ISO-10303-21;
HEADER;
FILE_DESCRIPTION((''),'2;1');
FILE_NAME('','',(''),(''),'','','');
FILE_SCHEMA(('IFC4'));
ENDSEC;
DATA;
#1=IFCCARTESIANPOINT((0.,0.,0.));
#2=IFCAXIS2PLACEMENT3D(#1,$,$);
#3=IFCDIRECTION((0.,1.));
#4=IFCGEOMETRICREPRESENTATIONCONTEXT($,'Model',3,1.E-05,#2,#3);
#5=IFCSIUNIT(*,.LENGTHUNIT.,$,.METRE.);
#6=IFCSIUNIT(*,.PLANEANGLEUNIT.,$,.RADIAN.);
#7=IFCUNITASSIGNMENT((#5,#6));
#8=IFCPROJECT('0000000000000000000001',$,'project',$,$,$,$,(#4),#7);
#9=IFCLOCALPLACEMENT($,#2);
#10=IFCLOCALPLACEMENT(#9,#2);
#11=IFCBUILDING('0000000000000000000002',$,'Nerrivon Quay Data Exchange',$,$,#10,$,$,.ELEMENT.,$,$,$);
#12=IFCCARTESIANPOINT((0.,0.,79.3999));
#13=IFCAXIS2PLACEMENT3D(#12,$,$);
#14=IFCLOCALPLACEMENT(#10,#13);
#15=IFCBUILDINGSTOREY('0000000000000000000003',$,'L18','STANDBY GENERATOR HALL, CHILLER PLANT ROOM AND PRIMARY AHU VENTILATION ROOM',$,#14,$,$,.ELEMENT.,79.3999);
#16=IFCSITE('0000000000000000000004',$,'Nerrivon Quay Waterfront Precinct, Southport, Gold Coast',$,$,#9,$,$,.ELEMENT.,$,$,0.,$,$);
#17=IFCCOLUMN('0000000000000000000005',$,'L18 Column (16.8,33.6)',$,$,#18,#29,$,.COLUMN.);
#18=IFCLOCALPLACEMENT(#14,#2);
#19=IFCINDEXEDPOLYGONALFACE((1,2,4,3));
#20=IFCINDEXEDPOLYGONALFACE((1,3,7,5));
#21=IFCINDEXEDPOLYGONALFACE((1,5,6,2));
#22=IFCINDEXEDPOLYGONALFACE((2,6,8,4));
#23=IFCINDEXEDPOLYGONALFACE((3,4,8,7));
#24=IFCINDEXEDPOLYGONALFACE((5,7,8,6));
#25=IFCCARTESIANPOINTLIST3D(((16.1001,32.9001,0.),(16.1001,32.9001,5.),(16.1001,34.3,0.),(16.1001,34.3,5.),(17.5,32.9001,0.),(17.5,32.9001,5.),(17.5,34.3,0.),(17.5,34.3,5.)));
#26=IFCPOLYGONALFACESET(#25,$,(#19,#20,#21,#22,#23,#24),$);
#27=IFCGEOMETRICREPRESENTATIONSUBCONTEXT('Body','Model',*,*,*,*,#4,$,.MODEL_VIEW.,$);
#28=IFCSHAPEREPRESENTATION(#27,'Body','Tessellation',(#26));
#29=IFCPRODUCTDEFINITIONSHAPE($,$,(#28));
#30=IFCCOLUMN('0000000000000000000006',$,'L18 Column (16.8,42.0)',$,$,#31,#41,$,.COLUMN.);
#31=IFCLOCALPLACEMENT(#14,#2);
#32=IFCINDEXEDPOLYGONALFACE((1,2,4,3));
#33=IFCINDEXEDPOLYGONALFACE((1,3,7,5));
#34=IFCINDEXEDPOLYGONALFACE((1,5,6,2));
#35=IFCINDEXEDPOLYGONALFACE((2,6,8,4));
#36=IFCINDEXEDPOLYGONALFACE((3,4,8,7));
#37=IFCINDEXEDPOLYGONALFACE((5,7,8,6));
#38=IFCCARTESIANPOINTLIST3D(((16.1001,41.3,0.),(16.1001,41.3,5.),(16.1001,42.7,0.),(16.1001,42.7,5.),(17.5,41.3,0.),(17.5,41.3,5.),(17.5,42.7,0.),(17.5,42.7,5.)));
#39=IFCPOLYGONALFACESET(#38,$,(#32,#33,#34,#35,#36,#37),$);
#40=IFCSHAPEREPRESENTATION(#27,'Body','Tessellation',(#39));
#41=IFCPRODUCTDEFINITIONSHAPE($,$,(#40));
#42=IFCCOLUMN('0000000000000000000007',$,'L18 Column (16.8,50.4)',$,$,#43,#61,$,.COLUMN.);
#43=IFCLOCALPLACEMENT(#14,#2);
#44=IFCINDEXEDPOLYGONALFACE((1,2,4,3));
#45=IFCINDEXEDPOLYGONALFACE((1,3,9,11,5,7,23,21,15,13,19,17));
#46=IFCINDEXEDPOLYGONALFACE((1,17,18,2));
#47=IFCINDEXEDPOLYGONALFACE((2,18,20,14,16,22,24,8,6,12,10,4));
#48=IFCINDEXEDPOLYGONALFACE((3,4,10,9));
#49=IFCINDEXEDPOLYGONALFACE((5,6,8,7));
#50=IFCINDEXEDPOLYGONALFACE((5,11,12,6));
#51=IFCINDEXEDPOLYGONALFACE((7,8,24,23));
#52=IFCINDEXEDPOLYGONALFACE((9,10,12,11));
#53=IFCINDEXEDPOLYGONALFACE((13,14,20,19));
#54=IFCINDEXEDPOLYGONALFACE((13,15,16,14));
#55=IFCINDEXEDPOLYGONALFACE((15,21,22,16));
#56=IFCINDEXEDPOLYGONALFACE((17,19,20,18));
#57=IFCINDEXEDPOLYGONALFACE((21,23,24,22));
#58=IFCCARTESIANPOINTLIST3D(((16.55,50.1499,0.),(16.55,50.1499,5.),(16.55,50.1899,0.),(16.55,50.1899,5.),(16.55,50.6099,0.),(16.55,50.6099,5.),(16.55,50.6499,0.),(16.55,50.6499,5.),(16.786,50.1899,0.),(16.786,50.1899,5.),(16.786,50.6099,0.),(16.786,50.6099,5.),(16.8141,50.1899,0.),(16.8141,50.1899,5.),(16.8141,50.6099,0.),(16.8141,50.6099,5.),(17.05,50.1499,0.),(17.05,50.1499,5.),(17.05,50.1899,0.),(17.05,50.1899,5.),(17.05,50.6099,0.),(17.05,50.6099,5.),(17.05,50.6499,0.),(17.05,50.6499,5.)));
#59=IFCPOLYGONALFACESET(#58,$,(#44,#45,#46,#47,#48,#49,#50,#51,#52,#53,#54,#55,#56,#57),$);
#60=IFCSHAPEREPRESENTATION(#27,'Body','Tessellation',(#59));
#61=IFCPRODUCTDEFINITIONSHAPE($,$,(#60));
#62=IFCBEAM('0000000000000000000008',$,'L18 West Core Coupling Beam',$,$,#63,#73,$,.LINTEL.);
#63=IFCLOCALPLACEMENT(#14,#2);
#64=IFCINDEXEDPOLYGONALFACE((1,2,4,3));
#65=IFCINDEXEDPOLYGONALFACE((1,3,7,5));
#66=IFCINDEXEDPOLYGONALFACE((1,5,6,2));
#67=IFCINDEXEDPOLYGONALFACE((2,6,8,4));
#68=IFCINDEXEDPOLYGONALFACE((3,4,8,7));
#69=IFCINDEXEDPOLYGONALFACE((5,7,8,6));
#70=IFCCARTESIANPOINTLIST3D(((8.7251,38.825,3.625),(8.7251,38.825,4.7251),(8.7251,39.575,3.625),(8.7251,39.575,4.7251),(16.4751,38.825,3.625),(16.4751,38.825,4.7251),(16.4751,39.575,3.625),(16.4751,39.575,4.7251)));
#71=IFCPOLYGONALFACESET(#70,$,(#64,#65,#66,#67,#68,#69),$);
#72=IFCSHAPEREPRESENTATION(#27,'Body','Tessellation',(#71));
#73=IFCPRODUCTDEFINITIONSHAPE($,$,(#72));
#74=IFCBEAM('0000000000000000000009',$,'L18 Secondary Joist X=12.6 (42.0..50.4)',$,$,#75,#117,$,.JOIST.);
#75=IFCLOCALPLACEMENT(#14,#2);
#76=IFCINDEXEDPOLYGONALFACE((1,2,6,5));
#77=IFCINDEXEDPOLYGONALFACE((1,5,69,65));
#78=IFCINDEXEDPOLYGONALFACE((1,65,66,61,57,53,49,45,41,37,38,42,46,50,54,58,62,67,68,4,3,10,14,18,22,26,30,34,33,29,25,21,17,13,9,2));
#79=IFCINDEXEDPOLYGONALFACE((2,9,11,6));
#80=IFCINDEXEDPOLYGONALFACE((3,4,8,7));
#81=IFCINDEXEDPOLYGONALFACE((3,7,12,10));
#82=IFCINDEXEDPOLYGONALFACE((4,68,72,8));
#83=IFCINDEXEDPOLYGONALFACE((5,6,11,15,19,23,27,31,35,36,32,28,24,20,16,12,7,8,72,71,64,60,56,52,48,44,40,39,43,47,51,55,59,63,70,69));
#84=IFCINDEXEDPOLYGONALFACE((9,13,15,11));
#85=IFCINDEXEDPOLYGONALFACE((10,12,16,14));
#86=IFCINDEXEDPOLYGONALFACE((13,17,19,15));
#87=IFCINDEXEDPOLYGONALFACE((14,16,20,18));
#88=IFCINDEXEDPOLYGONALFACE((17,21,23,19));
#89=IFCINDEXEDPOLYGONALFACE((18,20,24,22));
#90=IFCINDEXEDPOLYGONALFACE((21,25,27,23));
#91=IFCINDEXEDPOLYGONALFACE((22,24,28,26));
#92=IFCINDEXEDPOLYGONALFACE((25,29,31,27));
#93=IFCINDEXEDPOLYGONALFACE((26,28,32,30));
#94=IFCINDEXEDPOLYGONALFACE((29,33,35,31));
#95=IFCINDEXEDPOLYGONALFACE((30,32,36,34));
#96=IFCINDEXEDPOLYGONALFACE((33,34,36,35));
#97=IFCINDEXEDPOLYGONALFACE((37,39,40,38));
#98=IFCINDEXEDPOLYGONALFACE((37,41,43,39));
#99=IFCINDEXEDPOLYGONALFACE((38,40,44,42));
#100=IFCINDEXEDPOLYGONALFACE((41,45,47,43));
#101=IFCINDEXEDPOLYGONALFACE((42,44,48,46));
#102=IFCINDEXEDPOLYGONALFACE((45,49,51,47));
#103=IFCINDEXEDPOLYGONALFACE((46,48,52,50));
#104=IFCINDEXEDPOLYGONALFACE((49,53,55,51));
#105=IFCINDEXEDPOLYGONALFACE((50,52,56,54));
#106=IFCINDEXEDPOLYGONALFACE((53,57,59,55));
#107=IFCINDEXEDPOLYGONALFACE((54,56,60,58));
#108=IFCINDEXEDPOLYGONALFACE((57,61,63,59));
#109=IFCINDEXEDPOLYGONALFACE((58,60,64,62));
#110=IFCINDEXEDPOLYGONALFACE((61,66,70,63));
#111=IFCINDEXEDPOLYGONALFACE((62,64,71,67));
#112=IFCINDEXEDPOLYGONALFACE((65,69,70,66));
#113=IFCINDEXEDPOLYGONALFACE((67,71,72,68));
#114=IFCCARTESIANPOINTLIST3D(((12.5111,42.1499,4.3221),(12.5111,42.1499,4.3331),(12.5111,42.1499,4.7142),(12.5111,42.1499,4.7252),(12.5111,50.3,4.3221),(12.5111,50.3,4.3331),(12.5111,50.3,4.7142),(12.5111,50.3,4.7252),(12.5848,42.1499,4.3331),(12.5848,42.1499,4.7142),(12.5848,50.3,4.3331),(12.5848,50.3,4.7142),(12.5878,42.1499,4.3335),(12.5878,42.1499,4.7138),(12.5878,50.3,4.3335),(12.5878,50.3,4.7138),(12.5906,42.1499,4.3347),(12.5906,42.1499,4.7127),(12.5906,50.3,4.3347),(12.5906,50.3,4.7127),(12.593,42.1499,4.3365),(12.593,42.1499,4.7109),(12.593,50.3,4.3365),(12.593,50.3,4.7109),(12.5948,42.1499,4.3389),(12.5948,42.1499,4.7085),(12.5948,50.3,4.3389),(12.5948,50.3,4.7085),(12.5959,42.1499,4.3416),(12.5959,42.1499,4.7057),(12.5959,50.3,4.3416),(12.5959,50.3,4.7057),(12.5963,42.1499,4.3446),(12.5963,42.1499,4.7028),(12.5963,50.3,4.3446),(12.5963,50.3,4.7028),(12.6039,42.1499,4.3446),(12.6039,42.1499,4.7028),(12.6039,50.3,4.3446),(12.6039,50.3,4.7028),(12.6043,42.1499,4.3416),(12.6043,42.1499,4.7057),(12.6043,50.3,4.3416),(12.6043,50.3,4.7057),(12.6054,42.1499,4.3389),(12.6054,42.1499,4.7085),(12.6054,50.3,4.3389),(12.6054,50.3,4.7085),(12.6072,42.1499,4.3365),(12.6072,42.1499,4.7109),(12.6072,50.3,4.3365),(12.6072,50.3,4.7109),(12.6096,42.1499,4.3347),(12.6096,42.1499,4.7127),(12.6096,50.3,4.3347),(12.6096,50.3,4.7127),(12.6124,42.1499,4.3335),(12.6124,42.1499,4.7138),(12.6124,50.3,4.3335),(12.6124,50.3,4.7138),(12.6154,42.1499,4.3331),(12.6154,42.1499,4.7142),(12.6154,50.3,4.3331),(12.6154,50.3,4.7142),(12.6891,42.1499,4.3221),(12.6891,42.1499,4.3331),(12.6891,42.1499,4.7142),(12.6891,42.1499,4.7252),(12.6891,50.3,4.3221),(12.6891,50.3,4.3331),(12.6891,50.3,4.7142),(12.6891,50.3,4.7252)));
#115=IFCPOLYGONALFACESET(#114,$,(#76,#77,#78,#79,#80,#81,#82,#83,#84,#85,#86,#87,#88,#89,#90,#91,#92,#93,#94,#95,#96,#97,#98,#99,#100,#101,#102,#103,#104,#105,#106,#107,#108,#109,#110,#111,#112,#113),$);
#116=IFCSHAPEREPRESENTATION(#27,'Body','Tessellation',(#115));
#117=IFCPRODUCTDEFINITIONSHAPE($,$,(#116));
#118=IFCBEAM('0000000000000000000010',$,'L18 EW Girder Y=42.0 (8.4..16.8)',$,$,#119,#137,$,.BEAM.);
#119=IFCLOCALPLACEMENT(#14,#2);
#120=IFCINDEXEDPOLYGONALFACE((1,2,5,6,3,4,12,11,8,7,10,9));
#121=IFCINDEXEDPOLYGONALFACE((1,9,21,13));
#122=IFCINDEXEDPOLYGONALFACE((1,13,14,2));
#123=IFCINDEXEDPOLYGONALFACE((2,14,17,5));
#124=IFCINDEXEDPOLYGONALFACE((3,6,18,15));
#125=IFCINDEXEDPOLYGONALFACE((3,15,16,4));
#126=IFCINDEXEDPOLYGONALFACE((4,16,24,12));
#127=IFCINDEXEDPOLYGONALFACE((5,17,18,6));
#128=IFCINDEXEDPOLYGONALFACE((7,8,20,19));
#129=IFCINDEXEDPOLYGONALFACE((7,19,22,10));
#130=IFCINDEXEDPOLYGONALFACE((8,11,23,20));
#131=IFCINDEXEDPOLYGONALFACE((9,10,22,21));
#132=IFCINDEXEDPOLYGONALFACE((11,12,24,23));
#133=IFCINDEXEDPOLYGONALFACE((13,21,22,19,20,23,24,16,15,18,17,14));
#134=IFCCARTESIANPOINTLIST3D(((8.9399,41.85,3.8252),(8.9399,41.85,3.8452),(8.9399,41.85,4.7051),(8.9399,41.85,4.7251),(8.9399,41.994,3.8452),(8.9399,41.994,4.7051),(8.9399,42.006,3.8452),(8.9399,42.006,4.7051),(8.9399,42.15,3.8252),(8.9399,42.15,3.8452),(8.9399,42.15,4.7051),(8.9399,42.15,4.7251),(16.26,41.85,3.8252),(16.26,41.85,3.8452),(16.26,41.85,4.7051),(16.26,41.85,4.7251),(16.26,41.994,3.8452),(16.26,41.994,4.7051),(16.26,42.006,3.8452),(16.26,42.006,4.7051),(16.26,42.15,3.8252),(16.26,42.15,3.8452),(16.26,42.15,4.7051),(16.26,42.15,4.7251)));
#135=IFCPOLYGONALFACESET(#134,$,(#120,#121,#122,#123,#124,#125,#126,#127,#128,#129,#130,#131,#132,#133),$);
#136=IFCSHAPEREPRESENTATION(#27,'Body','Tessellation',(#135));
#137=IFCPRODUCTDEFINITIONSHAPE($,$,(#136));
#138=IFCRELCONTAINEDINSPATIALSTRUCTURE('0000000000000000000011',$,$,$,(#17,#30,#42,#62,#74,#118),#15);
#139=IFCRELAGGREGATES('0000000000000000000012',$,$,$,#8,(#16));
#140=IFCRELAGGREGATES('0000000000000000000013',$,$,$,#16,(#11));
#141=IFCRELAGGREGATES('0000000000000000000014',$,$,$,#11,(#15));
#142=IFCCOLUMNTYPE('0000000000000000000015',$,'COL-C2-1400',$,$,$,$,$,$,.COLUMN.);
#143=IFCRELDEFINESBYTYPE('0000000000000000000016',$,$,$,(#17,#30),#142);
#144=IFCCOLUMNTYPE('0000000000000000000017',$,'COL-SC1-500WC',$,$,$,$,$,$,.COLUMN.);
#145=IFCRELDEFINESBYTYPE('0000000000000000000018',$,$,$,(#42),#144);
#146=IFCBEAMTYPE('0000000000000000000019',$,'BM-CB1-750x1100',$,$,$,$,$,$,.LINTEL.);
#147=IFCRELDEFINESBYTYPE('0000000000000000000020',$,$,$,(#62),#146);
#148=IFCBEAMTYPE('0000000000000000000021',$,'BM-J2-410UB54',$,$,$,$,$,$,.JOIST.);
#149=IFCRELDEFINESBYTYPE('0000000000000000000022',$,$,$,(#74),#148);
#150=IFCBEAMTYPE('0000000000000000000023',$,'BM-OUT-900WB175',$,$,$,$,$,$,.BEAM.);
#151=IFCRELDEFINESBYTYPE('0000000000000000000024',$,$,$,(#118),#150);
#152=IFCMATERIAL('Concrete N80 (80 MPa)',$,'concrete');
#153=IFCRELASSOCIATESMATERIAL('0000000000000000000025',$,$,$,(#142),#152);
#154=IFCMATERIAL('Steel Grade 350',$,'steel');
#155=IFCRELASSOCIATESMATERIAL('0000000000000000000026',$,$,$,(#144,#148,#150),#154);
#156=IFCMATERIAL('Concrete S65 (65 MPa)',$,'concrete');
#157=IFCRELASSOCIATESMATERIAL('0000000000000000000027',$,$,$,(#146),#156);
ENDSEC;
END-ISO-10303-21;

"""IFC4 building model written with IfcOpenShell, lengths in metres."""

from ifc_helpers import new_model, si_unit, direction, frame, origin, origin_2d, place, context, subcontext, project, spatial, rectangle, i_section, extrude, material, material_profile, profile_set, type_object, element, save


model = new_model("IFC4")

# Units and contexts
model_context = context("Model", 3, precision=1e-05, world=origin(), true_north=direction((0.0, 1.0)))
body_context = subcontext(model_context, "Body", "Model", "MODEL_VIEW")
ifc_project = project(units=[si_unit("LENGTHUNIT", "METRE"), si_unit("PLANEANGLEUNIT", "RADIAN")], contexts=[model_context])

# Site, building, storey
site_placement = place(None, origin())
site = spatial("IfcSite", under=ifc_project, at=site_placement, Name="Nerrivon Quay Waterfront Precinct, Southport, Gold Coast", CompositionType="ELEMENT", RefElevation=0.0)
building_placement = place(site_placement, origin())
building = spatial("IfcBuilding", under=site, at=building_placement, Name="Nerrivon Quay Data Exchange", CompositionType="ELEMENT")
storey_placement = place(building_placement, frame((0.0, 0.0, 79.3999)))
storey = spatial("IfcBuildingStorey", under=building, at=storey_placement, Name="L18", Description="STANDBY GENERATOR HALL, CHILLER PLANT ROOM AND PRIMARY AHU VENTILATION ROOM", CompositionType="ELEMENT", Elevation=79.3999)

# Columns
ifc_material_1 = material(Name="Concrete N80 (80 MPa)", Category="concrete")
ifc_material_profile_1 = material_profile(ifc_material_1, rectangle(XDim=1.3999, YDim=1.3999, at=origin_2d()), Name="RC-COL-1400x1400")
ifc_profile_set_1 = profile_set([ifc_material_profile_1], Name="Concrete N80 (80 MPa)")
column_type_1 = type_object("IfcColumnType", Name="COL-C2-1400", PredefinedType="COLUMN", material=ifc_profile_set_1)
for number, where, z_axis, x_axis, name in (
    (1, (16.8, 33.6001, 0.0), (0.0, 0.0, 1.0), (1.0, 0.0, 0.0), "L18 Column (16.8,33.6)"),
    (2, (16.8, 42.0, 0.0), (0.0, 0.0, 1.0), (1.0, 0.0, 0.0), "L18 Column (16.8,42.0)"),
):
    element("IfcColumn", number, at=place(storey_placement, frame(where, z_axis=z_axis, x_axis=x_axis)), inside=storey, type_object=column_type_1, Name=name, PredefinedType="COLUMN", context=body_context, shape_type="SweptSolid", body=[
        extrude(rectangle(XDim=1.3999, YDim=1.3999, at=origin_2d()), origin(), (0.0, 0.0, 1.0), 5.0),
    ])
ifc_material_2 = material(Name="Steel Grade 350", Category="steel")
ifc_material_profile_2 = material_profile(ifc_material_2, i_section(OverallWidth=0.5, OverallDepth=0.5, WebThickness=0.0281, FlangeThickness=0.04, at=origin_2d()), Name="500WC440")
ifc_profile_set_2 = profile_set([ifc_material_profile_2], Name="Steel Grade 350")
column_type_2 = type_object("IfcColumnType", Name="COL-SC1-500WC", PredefinedType="COLUMN", material=ifc_profile_set_2)
column_placement = place(storey_placement, frame((16.8, 50.3999, 0.0), z_axis=(0.0, 0.0, 1.0), x_axis=(1.0, 0.0, 0.0)))
element("IfcColumn", 3, at=column_placement, inside=storey, type_object=column_type_2, Name="L18 Column (16.8,50.4)", PredefinedType="COLUMN", context=body_context, shape_type="SweptSolid", body=[
    extrude(i_section(OverallWidth=0.5, OverallDepth=0.5, WebThickness=0.0281, FlangeThickness=0.04, at=origin_2d()), origin(), (0.0, 0.0, 1.0), 5.0),
])

# Beams
ifc_material_3 = material(Name="Concrete S65 (65 MPa)", Category="concrete")
ifc_material_profile_3 = material_profile(ifc_material_3, rectangle(XDim=0.75, YDim=1.1001, at=origin_2d()), Name="RC-CB-750x1100")
ifc_profile_set_3 = profile_set([ifc_material_profile_3], Name="Concrete S65 (65 MPa)")
beam_type_1 = type_object("IfcBeamType", Name="BM-CB1-750x1100", PredefinedType="LINTEL", material=ifc_profile_set_3)
beam_1_placement = place(storey_placement, frame((8.7251, 39.2, 4.175), z_axis=(1.0, 0.0, 0.0), x_axis=(0.0, 1.0, 0.0)))
element("IfcBeam", 4, at=beam_1_placement, inside=storey, type_object=beam_type_1, Name="L18 West Core Coupling Beam", PredefinedType="LINTEL", context=body_context, shape_type="SweptSolid", body=[
    extrude(rectangle(XDim=0.75, YDim=1.1001, at=origin_2d()), origin(), (0.0, 0.0, 1.0), 7.75),
])
ifc_material_profile_4 = material_profile(ifc_material_2, i_section(OverallWidth=0.178, OverallDepth=0.4031, WebThickness=0.0076, FlangeThickness=0.011, FilletRadius=0.0115, at=origin_2d()), Name="410UB53.7")
ifc_profile_set_4 = profile_set([ifc_material_profile_4], Name="Steel Grade 350")
beam_type_2 = type_object("IfcBeamType", Name="BM-J2-410UB54", PredefinedType="JOIST", material=ifc_profile_set_4)
beam_2_placement = place(storey_placement, frame((12.6001, 42.1499, 4.5237), z_axis=(0.0, 1.0, 0.0), x_axis=(-1.0, 0.0, 0.0)))
element("IfcBeam", 5, at=beam_2_placement, inside=storey, type_object=beam_type_2, Name="L18 Secondary Joist X=12.6 (42.0..50.4)", PredefinedType="JOIST", context=body_context, shape_type="SweptSolid", body=[
    extrude(i_section(OverallWidth=0.178, OverallDepth=0.4031, WebThickness=0.0076, FlangeThickness=0.011, FilletRadius=0.0115, at=origin_2d()), origin(), (0.0, 0.0, 1.0), 8.1501),
])
ifc_material_profile_5 = material_profile(ifc_material_2, i_section(OverallWidth=0.3, OverallDepth=0.8999, WebThickness=0.012, FlangeThickness=0.02, at=origin_2d()), Name="900WB175")
ifc_profile_set_5 = profile_set([ifc_material_profile_5], Name="Steel Grade 350")
beam_type_3 = type_object("IfcBeamType", Name="BM-OUT-900WB175", PredefinedType="BEAM", material=ifc_profile_set_5)
beam_3_placement = place(storey_placement, frame((8.9399, 42.0, 4.2751), z_axis=(1.0, 0.0, 0.0), x_axis=(0.0, 1.0, 0.0)))
element("IfcBeam", 6, at=beam_3_placement, inside=storey, type_object=beam_type_3, Name="L18 EW Girder Y=42.0 (8.4..16.8)", PredefinedType="BEAM", context=body_context, shape_type="SweptSolid", body=[
    extrude(i_section(OverallWidth=0.3, OverallDepth=0.8999, WebThickness=0.012, FlangeThickness=0.02, at=origin_2d()), origin(), (0.0, 0.0, 1.0), 7.3201),
])

save(model, "model.ifc")
